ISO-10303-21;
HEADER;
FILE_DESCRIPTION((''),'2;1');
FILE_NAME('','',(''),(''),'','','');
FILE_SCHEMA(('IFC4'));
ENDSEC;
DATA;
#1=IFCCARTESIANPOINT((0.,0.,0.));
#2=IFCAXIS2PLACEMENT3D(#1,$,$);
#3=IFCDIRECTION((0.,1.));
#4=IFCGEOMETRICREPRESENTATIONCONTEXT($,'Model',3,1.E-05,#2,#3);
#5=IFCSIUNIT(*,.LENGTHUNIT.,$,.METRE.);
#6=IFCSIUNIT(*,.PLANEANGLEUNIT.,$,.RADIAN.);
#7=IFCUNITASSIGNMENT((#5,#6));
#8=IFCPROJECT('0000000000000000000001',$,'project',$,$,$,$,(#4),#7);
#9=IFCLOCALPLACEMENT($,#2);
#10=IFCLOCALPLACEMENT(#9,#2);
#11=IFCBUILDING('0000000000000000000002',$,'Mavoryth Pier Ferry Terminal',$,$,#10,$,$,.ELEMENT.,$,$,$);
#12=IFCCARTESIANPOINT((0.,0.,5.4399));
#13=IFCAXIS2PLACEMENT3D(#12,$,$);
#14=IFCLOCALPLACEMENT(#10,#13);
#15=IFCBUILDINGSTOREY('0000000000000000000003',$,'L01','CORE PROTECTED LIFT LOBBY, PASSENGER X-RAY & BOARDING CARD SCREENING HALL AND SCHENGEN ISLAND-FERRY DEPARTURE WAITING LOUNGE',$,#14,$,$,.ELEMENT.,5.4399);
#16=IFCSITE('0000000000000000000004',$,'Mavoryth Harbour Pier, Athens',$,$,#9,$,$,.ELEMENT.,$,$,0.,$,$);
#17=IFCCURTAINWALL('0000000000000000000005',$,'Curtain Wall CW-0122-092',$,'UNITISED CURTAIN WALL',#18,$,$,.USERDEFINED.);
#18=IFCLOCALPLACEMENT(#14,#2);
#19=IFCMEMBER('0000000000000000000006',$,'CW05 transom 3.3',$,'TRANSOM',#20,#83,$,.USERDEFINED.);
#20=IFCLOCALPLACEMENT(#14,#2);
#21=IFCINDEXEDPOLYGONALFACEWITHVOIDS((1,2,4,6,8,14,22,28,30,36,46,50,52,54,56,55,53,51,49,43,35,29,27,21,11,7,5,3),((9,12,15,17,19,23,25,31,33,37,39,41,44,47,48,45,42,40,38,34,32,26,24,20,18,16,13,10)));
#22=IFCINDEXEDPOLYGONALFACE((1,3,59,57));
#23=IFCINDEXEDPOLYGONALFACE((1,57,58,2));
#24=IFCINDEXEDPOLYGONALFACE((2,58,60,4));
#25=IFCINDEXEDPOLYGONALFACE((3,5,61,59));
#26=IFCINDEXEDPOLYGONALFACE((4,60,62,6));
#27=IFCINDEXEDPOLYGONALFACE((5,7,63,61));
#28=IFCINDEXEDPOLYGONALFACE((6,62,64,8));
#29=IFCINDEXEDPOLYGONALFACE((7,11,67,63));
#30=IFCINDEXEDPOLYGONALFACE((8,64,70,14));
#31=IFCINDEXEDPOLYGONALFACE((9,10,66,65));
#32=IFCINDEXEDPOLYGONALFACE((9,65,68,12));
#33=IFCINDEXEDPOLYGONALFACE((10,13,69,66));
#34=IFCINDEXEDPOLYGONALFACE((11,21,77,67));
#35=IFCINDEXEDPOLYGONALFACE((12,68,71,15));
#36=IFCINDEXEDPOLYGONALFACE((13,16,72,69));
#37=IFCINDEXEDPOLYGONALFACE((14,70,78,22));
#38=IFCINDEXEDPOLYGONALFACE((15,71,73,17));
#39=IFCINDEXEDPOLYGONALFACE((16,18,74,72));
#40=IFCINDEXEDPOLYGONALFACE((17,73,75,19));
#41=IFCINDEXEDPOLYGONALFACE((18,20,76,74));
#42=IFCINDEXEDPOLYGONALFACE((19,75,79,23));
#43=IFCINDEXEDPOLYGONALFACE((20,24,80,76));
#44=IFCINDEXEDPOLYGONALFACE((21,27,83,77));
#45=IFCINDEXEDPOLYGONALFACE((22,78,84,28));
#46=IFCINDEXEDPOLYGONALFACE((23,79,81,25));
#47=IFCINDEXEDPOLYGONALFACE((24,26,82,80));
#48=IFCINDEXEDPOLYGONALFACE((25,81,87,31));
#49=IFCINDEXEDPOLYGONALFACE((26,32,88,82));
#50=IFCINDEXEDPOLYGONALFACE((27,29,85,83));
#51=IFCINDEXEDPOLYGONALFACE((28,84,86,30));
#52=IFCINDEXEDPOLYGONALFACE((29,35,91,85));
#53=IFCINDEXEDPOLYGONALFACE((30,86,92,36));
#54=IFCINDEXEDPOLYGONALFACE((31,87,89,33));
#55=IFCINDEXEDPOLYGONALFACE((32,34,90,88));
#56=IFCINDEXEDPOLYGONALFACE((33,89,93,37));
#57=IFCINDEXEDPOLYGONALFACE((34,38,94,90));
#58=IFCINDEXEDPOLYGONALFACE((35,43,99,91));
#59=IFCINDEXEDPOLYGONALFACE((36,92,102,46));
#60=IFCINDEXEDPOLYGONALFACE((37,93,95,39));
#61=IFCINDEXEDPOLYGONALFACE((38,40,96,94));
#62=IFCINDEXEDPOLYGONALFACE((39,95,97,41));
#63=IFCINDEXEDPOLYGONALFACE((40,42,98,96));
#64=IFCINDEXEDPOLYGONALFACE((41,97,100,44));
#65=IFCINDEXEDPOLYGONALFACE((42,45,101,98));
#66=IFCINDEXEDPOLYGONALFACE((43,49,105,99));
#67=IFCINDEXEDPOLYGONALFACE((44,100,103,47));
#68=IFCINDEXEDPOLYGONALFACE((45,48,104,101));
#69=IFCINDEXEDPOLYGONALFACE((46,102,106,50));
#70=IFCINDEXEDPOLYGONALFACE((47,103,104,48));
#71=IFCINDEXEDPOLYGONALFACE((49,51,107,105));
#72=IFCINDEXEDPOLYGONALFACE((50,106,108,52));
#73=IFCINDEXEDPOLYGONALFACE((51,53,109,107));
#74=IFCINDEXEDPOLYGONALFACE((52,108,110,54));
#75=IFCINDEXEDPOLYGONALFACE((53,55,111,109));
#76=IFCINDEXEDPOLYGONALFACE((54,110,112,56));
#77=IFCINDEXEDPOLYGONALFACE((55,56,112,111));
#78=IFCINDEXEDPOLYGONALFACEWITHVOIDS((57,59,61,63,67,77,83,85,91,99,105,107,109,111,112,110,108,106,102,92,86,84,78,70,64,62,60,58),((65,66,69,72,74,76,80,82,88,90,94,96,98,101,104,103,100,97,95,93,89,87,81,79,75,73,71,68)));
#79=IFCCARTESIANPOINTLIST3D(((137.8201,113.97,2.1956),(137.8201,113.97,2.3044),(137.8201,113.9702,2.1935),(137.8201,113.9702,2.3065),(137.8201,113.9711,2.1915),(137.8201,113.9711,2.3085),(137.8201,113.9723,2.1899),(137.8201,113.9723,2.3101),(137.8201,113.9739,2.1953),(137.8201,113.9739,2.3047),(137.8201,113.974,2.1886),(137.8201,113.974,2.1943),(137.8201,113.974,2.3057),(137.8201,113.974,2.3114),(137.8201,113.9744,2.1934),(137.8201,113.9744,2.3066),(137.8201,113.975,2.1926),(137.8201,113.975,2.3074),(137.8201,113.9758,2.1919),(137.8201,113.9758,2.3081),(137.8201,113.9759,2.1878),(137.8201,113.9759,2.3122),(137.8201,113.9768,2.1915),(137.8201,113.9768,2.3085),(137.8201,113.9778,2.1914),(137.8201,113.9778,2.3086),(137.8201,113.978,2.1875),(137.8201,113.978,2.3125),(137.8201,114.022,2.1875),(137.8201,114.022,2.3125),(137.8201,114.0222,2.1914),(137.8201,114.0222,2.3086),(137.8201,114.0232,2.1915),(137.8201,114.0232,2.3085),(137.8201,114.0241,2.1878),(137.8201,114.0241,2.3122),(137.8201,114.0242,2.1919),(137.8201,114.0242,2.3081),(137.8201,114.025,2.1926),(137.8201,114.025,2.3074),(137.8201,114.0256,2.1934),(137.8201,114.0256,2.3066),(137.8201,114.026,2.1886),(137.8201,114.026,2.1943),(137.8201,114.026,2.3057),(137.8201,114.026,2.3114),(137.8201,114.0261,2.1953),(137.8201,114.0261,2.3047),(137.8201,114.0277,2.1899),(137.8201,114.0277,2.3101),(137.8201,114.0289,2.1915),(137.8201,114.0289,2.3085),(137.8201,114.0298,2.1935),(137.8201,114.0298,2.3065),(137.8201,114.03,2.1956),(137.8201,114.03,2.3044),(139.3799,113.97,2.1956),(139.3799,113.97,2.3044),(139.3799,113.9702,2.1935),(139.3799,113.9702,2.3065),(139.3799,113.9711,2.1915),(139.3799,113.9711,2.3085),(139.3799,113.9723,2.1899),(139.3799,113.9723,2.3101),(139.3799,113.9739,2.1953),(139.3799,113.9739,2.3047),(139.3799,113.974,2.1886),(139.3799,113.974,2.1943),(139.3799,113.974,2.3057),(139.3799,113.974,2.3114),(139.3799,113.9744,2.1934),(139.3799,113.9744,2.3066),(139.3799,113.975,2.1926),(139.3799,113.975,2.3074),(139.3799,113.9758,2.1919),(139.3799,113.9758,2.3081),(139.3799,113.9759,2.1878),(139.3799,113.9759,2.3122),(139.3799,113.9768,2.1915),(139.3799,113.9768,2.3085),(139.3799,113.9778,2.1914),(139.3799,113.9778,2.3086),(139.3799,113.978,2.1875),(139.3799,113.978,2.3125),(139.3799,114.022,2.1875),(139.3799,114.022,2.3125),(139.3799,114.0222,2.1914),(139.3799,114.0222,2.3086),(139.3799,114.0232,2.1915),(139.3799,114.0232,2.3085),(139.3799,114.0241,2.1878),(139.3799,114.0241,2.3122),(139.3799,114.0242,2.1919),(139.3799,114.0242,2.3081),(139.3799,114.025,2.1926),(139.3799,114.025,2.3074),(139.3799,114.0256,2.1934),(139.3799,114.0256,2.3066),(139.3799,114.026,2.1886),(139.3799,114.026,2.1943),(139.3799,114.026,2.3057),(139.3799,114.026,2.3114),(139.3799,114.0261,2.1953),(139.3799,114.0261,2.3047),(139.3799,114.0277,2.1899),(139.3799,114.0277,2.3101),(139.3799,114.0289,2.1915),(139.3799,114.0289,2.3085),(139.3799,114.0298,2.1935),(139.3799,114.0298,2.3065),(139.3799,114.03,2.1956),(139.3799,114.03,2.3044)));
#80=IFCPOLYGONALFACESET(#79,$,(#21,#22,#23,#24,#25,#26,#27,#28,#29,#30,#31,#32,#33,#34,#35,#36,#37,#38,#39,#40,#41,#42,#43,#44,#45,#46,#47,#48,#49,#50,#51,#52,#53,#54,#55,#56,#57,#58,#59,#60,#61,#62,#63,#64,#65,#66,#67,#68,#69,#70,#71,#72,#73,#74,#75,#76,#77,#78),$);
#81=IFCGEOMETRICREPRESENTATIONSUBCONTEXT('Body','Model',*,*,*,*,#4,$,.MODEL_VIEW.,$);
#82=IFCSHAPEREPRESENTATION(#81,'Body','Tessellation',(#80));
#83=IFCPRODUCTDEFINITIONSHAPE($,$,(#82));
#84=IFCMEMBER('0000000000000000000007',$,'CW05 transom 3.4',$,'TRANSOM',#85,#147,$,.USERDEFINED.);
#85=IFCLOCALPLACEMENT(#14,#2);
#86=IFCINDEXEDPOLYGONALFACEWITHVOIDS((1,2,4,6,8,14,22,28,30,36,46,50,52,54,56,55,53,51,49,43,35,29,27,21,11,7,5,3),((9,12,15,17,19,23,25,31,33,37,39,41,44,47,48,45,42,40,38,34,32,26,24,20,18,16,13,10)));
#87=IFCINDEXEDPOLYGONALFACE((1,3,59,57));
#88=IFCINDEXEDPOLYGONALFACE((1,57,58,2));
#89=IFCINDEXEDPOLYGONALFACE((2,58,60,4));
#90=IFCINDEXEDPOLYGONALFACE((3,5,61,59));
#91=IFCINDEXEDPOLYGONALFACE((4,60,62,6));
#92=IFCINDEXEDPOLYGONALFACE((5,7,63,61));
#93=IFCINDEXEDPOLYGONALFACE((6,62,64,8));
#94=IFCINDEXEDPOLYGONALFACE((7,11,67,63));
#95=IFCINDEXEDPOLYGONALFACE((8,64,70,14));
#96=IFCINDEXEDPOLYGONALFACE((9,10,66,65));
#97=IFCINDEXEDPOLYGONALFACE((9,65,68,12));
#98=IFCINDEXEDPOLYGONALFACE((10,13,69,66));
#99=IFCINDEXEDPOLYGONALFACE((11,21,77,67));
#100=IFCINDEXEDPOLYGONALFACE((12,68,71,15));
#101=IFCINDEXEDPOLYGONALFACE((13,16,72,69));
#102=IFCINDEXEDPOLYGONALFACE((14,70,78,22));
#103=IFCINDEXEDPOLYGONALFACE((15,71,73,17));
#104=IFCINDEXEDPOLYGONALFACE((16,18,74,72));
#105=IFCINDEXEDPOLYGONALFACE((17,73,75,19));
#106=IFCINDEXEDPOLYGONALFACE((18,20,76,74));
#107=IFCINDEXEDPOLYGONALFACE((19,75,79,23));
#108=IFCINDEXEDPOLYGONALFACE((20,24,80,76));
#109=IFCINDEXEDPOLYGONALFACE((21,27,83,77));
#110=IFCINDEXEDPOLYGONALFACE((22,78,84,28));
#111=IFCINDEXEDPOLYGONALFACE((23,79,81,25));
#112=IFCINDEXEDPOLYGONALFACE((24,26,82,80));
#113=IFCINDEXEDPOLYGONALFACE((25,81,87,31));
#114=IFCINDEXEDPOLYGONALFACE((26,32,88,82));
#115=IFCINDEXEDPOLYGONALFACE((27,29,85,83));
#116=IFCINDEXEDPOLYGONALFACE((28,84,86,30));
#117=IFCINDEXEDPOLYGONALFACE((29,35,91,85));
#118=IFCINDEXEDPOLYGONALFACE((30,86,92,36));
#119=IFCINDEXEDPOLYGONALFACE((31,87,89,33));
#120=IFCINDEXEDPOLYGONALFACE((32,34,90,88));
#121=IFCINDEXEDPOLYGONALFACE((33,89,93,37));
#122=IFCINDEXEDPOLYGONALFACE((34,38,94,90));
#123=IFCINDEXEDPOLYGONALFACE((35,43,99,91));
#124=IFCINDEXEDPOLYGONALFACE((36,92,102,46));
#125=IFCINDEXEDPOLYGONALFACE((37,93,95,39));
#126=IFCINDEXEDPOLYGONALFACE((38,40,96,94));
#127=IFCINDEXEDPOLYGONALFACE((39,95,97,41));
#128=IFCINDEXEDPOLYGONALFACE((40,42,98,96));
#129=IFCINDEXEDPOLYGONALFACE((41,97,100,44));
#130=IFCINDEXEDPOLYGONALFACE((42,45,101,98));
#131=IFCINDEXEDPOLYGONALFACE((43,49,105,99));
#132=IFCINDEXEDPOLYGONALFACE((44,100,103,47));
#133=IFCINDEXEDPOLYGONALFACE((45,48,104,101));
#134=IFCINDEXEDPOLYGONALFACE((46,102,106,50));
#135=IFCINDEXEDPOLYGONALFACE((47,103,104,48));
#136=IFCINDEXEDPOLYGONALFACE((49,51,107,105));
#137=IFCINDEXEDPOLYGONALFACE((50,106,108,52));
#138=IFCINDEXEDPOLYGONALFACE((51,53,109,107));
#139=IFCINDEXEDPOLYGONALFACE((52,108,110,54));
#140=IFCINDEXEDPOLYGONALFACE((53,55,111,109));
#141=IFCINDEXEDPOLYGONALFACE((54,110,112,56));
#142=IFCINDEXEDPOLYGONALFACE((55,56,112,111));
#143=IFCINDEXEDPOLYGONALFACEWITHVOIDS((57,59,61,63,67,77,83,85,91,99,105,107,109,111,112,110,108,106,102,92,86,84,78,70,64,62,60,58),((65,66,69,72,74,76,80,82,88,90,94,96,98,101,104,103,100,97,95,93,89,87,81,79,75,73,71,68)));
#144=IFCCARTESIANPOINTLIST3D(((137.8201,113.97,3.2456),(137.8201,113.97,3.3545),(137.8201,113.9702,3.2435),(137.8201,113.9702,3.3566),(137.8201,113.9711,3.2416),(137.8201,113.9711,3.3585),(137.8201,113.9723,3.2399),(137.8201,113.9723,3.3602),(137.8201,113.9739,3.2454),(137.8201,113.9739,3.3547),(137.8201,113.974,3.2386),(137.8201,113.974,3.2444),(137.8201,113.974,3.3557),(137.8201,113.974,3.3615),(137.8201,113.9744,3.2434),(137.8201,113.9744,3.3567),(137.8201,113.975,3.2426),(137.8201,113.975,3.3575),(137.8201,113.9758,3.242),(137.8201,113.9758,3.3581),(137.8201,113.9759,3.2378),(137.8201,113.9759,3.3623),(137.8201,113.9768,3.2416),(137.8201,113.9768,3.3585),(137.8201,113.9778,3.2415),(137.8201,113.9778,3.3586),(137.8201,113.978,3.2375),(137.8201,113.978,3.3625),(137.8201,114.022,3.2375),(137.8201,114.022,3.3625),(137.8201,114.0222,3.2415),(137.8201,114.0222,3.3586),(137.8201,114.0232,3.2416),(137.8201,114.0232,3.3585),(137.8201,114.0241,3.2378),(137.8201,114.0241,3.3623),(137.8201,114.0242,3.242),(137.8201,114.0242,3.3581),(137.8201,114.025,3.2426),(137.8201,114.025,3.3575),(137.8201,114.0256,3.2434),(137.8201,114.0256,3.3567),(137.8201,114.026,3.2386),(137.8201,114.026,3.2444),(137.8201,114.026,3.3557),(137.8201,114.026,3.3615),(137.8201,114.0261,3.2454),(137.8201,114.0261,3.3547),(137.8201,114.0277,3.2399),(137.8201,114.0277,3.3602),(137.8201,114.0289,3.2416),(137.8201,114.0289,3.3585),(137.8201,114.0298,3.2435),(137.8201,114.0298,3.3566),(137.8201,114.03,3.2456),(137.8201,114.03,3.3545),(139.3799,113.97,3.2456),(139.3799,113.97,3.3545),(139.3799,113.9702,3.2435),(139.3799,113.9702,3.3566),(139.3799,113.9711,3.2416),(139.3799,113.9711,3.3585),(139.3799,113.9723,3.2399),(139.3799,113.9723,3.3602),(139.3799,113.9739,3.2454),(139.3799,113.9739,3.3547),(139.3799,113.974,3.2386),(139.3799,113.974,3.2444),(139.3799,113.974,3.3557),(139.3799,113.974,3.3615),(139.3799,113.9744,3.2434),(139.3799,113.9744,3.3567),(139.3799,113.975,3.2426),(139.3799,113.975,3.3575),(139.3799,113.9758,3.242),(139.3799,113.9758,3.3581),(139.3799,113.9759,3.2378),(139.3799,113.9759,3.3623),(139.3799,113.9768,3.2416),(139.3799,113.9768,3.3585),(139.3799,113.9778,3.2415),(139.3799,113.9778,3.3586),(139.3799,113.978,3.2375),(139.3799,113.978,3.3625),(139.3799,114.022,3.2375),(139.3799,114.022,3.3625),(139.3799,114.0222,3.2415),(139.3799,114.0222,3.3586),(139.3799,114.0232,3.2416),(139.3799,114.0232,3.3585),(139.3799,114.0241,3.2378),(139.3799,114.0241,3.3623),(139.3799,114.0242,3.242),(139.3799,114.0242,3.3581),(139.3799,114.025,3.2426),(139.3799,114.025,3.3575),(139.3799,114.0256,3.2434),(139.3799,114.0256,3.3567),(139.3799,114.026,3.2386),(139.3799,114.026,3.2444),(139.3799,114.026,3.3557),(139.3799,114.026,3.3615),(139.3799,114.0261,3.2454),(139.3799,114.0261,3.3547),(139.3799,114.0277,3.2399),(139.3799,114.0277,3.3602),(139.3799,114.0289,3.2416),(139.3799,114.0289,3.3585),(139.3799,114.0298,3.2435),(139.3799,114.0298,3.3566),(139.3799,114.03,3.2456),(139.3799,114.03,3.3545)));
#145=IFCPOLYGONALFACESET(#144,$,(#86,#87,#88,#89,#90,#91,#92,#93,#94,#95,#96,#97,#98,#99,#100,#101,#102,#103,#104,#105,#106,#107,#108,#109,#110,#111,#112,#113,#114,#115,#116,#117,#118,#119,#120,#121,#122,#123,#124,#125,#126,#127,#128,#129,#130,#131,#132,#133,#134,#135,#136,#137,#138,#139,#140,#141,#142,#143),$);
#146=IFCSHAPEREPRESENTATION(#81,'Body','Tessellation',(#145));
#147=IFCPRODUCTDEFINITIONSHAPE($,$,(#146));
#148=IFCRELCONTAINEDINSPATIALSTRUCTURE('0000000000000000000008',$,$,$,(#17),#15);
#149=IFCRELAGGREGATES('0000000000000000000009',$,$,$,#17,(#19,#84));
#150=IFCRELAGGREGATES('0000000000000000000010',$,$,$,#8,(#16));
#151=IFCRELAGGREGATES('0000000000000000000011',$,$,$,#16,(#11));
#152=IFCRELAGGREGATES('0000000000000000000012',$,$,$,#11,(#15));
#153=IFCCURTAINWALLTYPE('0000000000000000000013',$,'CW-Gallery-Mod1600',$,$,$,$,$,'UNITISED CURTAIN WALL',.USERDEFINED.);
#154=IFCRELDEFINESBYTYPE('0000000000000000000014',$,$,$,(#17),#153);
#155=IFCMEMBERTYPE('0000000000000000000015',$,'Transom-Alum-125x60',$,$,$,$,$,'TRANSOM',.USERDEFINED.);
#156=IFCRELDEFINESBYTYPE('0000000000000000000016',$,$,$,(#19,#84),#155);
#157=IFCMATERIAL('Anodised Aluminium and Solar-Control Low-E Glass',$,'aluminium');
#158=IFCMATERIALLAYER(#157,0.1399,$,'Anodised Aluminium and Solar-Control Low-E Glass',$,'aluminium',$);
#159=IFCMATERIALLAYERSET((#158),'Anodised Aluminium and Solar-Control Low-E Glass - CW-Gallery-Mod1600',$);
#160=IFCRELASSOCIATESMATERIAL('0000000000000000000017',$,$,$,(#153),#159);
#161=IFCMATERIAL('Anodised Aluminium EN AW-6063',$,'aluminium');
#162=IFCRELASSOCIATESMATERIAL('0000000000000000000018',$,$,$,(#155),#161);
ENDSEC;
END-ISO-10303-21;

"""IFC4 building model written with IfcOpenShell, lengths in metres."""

from ifc_helpers import new_model, si_unit, direction, frame, origin, origin_2d, place, context, subcontext, project, spatial, hollow_rectangle, extrude, material, layer, layer_set, material_profile, profile_set, type_object, element, aggregate, save


model = new_model("IFC4")

# Units and contexts
model_context = context("Model", 3, precision=1e-05, world=origin(), true_north=direction((0.0, 1.0)))
body_context = subcontext(model_context, "Body", "Model", "MODEL_VIEW")
ifc_project = project(units=[si_unit("LENGTHUNIT", "METRE"), si_unit("PLANEANGLEUNIT", "RADIAN")], contexts=[model_context])

# Site, building, storey
site_placement = place(None, origin())
site = spatial("IfcSite", under=ifc_project, at=site_placement, Name="Mavoryth Harbour Pier, Athens", CompositionType="ELEMENT", RefElevation=0.0)
building_placement = place(site_placement, origin())
building = spatial("IfcBuilding", under=site, at=building_placement, Name="Mavoryth Pier Ferry Terminal", CompositionType="ELEMENT")
storey_placement = place(building_placement, frame((0.0, 0.0, 5.4399)))
storey = spatial("IfcBuildingStorey", under=building, at=storey_placement, Name="L01", Description="CORE PROTECTED LIFT LOBBY, PASSENGER X-RAY & BOARDING CARD SCREENING HALL AND SCHENGEN ISLAND-FERRY DEPARTURE WAITING LOUNGE", CompositionType="ELEMENT", Elevation=5.4399)

# Curtain wall, members
ifc_material_1 = material(Name="Anodised Aluminium and Solar-Control Low-E Glass", Category="aluminium")
ifc_layer_1 = layer(ifc_material_1, 0.1399, Name="Anodised Aluminium and Solar-Control Low-E Glass", Category="aluminium")
ifc_layer_set_1 = layer_set([ifc_layer_1], Name="Anodised Aluminium and Solar-Control Low-E Glass - CW-Gallery-Mod1600")
curtain_wall_type = type_object("IfcCurtainWallType", Name="CW-Gallery-Mod1600", ElementType="UNITISED CURTAIN WALL", PredefinedType="USERDEFINED", material=ifc_layer_set_1)
curtain_wall_placement = place(storey_placement, origin())
curtain_wall = element("IfcCurtainWall", 1, at=curtain_wall_placement, inside=storey, type_object=curtain_wall_type, Name="Curtain Wall CW-0122-092", ObjectType="UNITISED CURTAIN WALL", PredefinedType="USERDEFINED")
ifc_material_2 = material(Name="Anodised Aluminium EN AW-6063", Category="aluminium")
ifc_material_profile_1 = material_profile(ifc_material_2, hollow_rectangle(XDim=0.0601, YDim=0.125, WallThickness=0.0039, InnerFilletRadius=0.0039, OuterFilletRadius=0.0081, at=origin_2d()), Name="AL-TRAN 125x60x4", Category="aluminium")
ifc_profile_set_1 = profile_set([ifc_material_profile_1], Name="Anodised Aluminium EN AW-6063 - AL-TRAN 125x60x4")
member_type_1 = type_object("IfcMemberType", Name="Transom-Alum-125x60", ElementType="TRANSOM", PredefinedType="USERDEFINED", material=ifc_profile_set_1)
member_1_placement = place(storey_placement, frame((139.3799, 114.0, 2.25), z_axis=(-1.0, 0.0, 0.0), x_axis=(0.0, -1.0, 0.0)))
member_1 = element("IfcMember", 2, at=member_1_placement, type_object=member_type_1, Name="CW05 transom 3.3", ObjectType="TRANSOM", PredefinedType="USERDEFINED", context=body_context, shape_type="SweptSolid", body=[
    extrude(hollow_rectangle(XDim=0.0601, YDim=0.125, WallThickness=0.0039, InnerFilletRadius=0.0039, OuterFilletRadius=0.0081, at=origin_2d()), origin(), (0.0, 0.0, 1.0), 1.5598),
])
member_2_placement = place(storey_placement, frame((139.3799, 114.0, 3.3), z_axis=(-1.0, 0.0, 0.0), x_axis=(0.0, -1.0, 0.0)))
member_2 = element("IfcMember", 3, at=member_2_placement, type_object=member_type_1, Name="CW05 transom 3.4", ObjectType="TRANSOM", PredefinedType="USERDEFINED", context=body_context, shape_type="SweptSolid", body=[
    extrude(hollow_rectangle(XDim=0.0601, YDim=0.125, WallThickness=0.0039, InnerFilletRadius=0.0039, OuterFilletRadius=0.0081, at=origin_2d()), origin(), (0.0, 0.0, 1.0), 1.5598),
])
aggregate(curtain_wall, [member_1, member_2])

save(model, "model.ifc")
